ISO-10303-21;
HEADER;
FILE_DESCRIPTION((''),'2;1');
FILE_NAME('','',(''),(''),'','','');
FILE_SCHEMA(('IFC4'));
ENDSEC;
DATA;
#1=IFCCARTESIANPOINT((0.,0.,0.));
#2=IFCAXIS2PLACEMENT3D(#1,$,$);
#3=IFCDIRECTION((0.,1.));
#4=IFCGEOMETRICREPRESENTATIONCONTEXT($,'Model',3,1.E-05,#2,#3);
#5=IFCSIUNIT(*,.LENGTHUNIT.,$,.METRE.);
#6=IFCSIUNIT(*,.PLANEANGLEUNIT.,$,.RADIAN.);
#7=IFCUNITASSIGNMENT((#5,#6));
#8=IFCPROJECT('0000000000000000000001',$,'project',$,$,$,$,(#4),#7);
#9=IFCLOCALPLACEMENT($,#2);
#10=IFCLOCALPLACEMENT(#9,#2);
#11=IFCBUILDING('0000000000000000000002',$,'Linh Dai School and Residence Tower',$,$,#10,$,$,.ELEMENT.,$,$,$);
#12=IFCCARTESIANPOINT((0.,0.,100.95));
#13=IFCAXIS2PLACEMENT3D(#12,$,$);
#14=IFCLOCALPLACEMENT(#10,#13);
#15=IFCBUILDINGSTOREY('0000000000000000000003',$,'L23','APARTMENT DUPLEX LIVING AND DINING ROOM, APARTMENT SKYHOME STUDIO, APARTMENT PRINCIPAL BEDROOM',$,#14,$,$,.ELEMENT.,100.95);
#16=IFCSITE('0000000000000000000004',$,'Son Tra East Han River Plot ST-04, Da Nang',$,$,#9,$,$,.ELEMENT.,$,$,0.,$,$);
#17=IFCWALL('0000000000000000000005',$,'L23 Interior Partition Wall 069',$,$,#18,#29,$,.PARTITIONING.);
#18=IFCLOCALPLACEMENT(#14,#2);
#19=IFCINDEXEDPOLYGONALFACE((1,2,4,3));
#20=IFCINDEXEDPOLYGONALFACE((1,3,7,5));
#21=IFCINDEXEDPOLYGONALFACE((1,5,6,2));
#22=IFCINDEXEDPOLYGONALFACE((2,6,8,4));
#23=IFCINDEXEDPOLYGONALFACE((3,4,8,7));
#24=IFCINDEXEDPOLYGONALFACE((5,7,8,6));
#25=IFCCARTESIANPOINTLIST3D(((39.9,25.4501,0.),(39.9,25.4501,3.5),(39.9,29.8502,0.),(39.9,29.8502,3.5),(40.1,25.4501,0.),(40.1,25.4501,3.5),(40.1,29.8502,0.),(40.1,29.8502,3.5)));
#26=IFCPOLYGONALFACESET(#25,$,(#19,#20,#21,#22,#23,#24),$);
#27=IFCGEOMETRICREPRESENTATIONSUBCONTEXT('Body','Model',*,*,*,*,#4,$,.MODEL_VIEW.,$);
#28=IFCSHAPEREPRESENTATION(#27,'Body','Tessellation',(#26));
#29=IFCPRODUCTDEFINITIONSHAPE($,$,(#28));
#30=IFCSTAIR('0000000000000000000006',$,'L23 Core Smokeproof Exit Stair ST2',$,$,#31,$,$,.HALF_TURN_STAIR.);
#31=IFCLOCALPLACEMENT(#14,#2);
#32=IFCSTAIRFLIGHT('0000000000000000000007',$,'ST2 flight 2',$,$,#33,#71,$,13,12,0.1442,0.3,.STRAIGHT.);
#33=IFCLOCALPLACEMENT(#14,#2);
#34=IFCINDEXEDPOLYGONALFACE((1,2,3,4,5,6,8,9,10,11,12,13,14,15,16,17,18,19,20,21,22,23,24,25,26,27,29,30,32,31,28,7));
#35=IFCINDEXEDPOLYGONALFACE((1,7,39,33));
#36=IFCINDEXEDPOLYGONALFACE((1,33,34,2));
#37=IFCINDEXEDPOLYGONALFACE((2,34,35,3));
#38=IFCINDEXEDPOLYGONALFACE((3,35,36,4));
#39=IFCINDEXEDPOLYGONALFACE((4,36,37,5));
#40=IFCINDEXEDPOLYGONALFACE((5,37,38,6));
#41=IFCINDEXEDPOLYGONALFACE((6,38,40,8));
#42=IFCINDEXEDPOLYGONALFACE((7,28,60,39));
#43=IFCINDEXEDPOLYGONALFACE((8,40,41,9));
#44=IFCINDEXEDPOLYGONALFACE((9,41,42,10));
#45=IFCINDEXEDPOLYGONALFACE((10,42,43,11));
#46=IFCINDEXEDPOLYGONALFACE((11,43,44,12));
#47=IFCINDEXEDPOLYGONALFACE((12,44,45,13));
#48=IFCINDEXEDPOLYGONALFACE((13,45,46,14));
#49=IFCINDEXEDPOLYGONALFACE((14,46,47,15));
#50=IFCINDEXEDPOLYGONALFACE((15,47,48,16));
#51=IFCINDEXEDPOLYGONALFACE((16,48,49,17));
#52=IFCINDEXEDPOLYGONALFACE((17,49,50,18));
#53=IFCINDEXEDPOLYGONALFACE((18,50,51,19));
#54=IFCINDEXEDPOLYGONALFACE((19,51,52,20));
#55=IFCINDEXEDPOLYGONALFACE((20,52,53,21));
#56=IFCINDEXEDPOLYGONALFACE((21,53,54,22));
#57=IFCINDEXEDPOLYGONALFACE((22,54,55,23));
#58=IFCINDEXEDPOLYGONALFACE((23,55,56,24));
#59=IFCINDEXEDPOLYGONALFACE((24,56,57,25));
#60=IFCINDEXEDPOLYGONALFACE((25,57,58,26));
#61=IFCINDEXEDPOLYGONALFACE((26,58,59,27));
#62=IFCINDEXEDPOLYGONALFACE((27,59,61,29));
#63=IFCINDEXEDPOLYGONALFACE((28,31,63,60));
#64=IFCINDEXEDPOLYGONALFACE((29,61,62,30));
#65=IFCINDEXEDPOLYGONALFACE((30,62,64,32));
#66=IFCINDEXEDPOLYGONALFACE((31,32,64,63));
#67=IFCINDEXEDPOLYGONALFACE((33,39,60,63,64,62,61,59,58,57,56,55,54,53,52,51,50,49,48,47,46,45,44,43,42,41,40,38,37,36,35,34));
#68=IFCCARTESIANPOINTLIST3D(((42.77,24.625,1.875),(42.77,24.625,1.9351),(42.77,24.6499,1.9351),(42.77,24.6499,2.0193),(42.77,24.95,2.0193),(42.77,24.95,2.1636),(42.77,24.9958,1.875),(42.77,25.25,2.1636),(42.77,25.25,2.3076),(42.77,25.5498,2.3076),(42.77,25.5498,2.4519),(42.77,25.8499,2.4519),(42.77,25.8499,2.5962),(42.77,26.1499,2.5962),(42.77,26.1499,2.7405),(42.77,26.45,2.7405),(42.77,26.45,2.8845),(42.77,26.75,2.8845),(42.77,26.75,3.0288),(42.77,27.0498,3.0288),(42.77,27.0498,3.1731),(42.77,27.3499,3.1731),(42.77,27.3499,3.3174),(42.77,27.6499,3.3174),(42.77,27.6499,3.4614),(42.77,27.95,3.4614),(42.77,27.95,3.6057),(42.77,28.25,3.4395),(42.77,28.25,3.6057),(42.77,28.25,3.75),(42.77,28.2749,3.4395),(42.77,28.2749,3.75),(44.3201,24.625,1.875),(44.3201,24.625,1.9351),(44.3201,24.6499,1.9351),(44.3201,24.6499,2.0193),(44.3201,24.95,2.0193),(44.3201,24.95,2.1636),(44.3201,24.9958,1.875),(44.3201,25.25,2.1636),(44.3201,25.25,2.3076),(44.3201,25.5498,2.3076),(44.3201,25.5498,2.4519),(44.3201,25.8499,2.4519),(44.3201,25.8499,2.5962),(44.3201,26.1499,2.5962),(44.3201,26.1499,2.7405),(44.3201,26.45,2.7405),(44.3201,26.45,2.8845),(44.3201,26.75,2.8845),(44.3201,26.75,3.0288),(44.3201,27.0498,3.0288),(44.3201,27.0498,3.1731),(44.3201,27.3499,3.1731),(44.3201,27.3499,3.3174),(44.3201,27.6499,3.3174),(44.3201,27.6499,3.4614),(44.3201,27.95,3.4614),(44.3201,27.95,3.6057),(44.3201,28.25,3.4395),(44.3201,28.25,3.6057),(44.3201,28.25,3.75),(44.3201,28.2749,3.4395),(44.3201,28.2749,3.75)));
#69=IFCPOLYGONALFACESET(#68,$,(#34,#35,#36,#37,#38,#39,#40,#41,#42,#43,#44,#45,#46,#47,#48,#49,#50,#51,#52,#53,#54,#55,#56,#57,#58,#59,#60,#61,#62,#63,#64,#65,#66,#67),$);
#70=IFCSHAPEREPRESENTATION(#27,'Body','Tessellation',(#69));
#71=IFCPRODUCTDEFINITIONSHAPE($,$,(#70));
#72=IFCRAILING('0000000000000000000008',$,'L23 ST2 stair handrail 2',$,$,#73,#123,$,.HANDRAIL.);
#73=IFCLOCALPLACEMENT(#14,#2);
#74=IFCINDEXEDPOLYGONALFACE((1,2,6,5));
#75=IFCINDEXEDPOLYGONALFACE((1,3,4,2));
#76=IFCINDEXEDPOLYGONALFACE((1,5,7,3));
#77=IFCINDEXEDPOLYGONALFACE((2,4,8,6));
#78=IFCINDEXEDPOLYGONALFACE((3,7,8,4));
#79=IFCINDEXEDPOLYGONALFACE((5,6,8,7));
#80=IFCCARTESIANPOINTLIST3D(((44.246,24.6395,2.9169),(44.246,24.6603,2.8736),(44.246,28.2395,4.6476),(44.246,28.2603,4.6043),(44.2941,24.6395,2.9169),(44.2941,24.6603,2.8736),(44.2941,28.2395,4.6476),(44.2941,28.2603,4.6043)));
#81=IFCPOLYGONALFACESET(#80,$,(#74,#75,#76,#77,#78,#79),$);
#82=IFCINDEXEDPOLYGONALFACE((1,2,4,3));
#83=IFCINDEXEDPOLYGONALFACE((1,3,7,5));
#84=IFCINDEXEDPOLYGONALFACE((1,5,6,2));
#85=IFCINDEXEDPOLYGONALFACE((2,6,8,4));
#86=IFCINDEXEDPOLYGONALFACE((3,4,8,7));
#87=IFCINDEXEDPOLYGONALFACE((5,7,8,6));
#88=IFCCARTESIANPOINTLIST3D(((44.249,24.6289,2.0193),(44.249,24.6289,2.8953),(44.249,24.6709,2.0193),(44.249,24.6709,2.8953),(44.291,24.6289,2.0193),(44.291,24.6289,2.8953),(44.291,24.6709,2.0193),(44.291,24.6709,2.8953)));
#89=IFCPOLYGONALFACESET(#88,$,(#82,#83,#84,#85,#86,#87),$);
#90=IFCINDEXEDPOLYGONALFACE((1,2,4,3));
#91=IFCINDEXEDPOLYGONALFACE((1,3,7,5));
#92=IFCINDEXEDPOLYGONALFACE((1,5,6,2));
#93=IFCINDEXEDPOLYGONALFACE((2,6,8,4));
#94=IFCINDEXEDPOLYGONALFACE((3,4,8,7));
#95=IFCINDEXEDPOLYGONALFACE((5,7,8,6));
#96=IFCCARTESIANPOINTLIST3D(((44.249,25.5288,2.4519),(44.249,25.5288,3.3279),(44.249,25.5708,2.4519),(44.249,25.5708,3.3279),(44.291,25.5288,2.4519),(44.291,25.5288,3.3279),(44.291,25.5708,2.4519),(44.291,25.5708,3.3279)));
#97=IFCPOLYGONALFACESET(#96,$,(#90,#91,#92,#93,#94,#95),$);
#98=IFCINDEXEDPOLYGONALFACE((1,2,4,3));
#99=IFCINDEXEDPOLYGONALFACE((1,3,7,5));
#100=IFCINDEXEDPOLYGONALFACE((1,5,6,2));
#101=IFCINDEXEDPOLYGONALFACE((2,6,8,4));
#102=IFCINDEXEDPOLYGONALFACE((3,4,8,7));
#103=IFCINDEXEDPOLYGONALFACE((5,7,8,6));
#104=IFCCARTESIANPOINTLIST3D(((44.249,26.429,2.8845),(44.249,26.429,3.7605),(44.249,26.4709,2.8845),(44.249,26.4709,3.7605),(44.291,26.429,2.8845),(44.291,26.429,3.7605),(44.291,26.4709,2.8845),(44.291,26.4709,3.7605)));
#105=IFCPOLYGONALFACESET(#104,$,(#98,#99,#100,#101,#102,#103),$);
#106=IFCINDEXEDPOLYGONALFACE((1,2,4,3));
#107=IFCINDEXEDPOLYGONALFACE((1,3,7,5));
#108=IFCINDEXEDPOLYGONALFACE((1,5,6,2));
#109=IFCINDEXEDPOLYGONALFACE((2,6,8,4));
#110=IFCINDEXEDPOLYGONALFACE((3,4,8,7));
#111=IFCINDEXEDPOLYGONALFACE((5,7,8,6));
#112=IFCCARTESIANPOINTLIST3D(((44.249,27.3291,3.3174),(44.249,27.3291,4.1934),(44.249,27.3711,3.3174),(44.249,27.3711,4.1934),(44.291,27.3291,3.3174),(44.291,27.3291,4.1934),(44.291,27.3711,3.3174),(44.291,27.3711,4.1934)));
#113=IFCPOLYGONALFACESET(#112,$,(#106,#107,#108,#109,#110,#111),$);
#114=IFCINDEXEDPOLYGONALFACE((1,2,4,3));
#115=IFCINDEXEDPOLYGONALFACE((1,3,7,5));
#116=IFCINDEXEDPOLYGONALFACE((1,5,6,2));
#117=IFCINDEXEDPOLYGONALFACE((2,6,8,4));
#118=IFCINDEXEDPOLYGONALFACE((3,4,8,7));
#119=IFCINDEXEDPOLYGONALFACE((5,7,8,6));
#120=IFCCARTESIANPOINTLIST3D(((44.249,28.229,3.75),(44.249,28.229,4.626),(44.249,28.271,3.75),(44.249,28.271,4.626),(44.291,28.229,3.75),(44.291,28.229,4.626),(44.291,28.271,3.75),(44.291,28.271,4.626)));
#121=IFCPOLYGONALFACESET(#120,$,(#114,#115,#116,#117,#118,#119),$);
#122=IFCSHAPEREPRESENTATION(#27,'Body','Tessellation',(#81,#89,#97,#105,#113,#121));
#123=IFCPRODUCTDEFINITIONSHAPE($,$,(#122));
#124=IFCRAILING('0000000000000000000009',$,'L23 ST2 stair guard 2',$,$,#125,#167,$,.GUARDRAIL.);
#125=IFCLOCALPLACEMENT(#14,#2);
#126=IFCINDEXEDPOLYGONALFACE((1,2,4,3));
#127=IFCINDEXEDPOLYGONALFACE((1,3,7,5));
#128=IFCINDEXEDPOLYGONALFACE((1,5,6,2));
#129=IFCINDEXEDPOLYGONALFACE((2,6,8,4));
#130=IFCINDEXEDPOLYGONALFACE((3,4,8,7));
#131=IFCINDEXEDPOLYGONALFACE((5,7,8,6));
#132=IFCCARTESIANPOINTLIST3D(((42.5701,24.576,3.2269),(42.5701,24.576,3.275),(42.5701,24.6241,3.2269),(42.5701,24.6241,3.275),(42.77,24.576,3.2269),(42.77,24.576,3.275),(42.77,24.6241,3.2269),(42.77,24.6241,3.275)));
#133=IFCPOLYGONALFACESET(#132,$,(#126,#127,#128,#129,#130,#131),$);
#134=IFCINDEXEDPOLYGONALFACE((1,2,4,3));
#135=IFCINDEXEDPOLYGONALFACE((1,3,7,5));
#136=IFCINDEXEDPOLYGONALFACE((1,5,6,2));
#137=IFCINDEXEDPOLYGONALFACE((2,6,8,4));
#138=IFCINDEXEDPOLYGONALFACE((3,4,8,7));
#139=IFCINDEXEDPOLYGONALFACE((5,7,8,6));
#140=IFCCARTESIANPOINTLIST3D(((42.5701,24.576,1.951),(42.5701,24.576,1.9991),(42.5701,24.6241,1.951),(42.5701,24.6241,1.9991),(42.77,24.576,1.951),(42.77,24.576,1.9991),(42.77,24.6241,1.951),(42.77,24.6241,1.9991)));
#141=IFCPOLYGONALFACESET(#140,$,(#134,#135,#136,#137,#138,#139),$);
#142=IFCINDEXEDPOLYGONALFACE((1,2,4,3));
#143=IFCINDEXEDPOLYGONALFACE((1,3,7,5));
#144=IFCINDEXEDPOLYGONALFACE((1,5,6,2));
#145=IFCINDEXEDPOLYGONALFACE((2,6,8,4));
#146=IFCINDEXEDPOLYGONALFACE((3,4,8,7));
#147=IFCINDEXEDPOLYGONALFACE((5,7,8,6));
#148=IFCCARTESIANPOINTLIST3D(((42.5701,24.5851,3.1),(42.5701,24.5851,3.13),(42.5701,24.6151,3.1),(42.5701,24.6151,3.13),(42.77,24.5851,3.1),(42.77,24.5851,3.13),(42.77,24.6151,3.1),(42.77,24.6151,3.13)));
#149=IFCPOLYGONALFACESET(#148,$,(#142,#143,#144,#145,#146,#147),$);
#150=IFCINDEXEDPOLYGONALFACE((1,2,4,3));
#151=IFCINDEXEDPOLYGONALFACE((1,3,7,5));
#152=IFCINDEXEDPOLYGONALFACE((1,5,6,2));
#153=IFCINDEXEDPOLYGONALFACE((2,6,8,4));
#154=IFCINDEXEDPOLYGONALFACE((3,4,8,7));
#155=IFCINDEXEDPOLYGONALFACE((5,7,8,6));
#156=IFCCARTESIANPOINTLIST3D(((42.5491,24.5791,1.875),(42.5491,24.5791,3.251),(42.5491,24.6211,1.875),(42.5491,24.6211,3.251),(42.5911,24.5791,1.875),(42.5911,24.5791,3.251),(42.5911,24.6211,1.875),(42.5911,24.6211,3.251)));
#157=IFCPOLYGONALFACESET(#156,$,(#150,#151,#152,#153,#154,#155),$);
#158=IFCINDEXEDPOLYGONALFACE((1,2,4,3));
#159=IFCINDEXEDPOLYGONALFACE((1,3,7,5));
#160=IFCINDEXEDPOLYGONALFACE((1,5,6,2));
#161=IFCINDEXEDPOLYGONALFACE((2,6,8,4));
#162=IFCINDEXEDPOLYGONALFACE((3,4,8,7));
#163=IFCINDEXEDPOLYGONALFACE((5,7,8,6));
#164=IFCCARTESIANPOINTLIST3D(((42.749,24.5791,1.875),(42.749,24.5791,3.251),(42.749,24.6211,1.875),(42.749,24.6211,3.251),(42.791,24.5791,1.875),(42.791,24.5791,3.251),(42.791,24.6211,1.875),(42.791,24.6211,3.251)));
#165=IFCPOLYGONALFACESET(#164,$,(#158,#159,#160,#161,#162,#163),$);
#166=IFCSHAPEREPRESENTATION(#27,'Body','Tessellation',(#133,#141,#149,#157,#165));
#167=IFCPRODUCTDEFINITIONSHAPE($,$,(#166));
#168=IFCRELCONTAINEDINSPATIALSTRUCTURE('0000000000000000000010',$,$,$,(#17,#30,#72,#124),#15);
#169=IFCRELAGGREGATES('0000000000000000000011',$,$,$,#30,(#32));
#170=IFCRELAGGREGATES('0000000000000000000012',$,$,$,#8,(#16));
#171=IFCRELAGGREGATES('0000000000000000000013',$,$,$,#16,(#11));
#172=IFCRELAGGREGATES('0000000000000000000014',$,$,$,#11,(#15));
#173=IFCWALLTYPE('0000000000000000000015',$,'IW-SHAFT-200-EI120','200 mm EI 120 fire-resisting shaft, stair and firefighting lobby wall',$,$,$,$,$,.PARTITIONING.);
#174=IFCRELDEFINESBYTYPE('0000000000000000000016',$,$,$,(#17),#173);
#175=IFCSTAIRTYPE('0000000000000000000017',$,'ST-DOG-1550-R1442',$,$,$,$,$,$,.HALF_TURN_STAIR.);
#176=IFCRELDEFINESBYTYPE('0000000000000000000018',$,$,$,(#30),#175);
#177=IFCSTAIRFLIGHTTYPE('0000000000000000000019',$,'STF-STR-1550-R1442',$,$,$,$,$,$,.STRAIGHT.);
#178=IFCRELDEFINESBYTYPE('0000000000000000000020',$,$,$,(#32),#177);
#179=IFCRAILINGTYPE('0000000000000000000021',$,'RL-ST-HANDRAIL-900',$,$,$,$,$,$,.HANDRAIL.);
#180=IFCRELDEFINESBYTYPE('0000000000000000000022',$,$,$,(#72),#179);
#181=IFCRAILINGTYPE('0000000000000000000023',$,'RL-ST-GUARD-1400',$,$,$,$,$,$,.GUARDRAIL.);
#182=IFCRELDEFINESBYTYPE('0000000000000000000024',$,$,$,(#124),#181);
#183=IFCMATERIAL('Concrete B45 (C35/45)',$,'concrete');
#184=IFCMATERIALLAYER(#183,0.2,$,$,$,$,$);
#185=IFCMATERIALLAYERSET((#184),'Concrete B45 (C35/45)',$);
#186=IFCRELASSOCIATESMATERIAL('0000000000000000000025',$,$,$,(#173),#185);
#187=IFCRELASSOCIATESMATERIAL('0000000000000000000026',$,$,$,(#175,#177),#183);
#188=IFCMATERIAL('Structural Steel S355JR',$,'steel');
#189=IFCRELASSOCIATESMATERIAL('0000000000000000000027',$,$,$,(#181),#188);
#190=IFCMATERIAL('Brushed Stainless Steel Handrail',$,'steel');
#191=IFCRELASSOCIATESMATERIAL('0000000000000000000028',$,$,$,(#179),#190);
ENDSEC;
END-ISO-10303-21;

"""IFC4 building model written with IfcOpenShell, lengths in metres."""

from ifc_helpers import new_model, si_unit, direction, frame, frame_2d, origin, origin_2d, place, context, subcontext, project, spatial, polyline, rectangle, outline, extrude, source, transform, mapped, material, layer, layer_set, type_object, element, aggregate, save


model = new_model("IFC4")

# Units and contexts
model_context = context("Model", 3, precision=1e-05, world=origin(), true_north=direction((0.0, 1.0)))
body_context = subcontext(model_context, "Body", "Model", "MODEL_VIEW")
ifc_project = project(units=[si_unit("LENGTHUNIT", "METRE"), si_unit("PLANEANGLEUNIT", "RADIAN")], contexts=[model_context])

# Site, building, storey
site_placement = place(None, origin())
site = spatial("IfcSite", under=ifc_project, at=site_placement, Name="Son Tra East Han River Plot ST-04, Da Nang", CompositionType="ELEMENT", RefElevation=0.0)
building_placement = place(site_placement, origin())
building = spatial("IfcBuilding", under=site, at=building_placement, Name="Linh Dai School and Residence Tower", CompositionType="ELEMENT")
storey_placement = place(building_placement, frame((0.0, 0.0, 100.95)))
storey = spatial("IfcBuildingStorey", under=building, at=storey_placement, Name="L23", Description="APARTMENT DUPLEX LIVING AND DINING ROOM, APARTMENT SKYHOME STUDIO, APARTMENT PRINCIPAL BEDROOM", CompositionType="ELEMENT", Elevation=100.95)

# Shared definitions
ifc_material_1 = material(Name="Structural Steel S355JR", Category="steel")

# Wall
ifc_material_2 = material(Name="Concrete B45 (C35/45)", Category="concrete")
ifc_layer_1 = layer(ifc_material_2, 0.2)
ifc_layer_set_1 = layer_set([ifc_layer_1], Name="Concrete B45 (C35/45)")
wall_type_1 = type_object("IfcWallType", Name="IW-SHAFT-200-EI120", Description="200 mm EI 120 fire-resisting shaft, stair and firefighting lobby wall", PredefinedType="PARTITIONING", material=ifc_layer_set_1)
wall_1_placement = place(storey_placement, frame((40.0, 25.45, 0.0), z_axis=(0.0, 0.0, 1.0), x_axis=(0.0, 1.0, 0.0)))
element("IfcWall", 1, at=wall_1_placement, inside=storey, type_object=wall_type_1, Name="L23 Interior Partition Wall 069", PredefinedType="PARTITIONING", context=body_context, shape_type="SweptSolid", body=[
    extrude(rectangle(XDim=4.4001, YDim=0.2, at=frame_2d((2.2002, 0.0))), origin(), (0.0, 0.0, 1.0), 3.5),
])

# Stair, stair flight
stair_type = type_object("IfcStairType", Name="ST-DOG-1550-R1442", PredefinedType="HALF_TURN_STAIR", material=ifc_material_2)
stair_placement = place(storey_placement, origin())
stair = element("IfcStair", 2, at=stair_placement, inside=storey, type_object=stair_type, Name="L23 Core Smokeproof Exit Stair ST2", PredefinedType="HALF_TURN_STAIR")
stair_flight_type = type_object("IfcStairFlightType", Name="STF-STR-1550-R1442", PredefinedType="STRAIGHT", material=ifc_material_2)
shared_shape_1 = source(origin(), body_context, "Body", "SweptSolid", [
    extrude(outline(polyline([(-0.0249, 0.0), (-0.0249, 0.0601), (0.0, 0.0601), (0.0, 0.1443), (0.3, 0.1443), (0.3, 0.2886), (0.6001, 0.2886), (0.6001, 0.4326), (0.8999, 0.4326), (0.8999, 0.5769), (1.2, 0.5769), (1.2, 0.7212), (1.5, 0.7212), (1.5, 0.8655), (1.8, 0.8655), (1.8, 1.0095), (2.1001, 1.0095), (2.1001, 1.1538), (2.3999, 1.1538), (2.3999, 1.2981), (2.7, 1.2981), (2.7, 1.4424), (3.0, 1.4424), (3.0, 1.5864), (3.3, 1.5864), (3.3, 1.7307), (3.6001, 1.7307), (3.6001, 1.875), (3.625, 1.875), (3.625, 1.5645), (3.6001, 1.5645), (0.3459, 0.0), (-0.0249, 0.0)])), frame((0.0, 0.7749, 0.0), z_axis=(0.0, -1.0, 0.0), x_axis=(1.0, 0.0, 0.0)), (0.0, 0.0, 1.0), 1.55),
])
stair_flight_placement = place(storey_placement, frame((43.5449, 24.6499, 1.875), z_axis=(0.0, 0.0, 1.0), x_axis=(0.0, 1.0, 0.0)))
stair_flight = element("IfcStairFlight", 3, at=stair_flight_placement, type_object=stair_flight_type, Name="ST2 flight 2", NumberOfRisers=13, NumberOfTreads=12, PredefinedType="STRAIGHT", RiserHeight=0.1442, TreadLength=0.3, context=body_context, shape_type="MappedRepresentation", body=[
    mapped(shared_shape_1, transform((0.0, 0.0, 0.0), x_axis=(1.0, 0.0, 0.0), y_axis=(0.0, 1.0, 0.0), z_axis=(0.0, 0.0, 1.0), scale=1.0)),
])
aggregate(stair, [stair_flight])

# Railings
railing_type_1 = type_object("IfcRailingType", Name="RL-ST-GUARD-1400", PredefinedType="GUARDRAIL", material=ifc_material_1)
ifc_material_3 = material(Name="Brushed Stainless Steel Handrail", Category="steel")
railing_type_2 = type_object("IfcRailingType", Name="RL-ST-HANDRAIL-900", PredefinedType="HANDRAIL", material=ifc_material_3)
shared_shape_2 = source(origin(), body_context, "Body", "SweptSolid", [
    extrude(rectangle(XDim=0.0481, YDim=0.0481, at=origin_2d()), frame((0.0, 0.0, 0.876), z_axis=(0.0, 0.901263, 0.433273), x_axis=(-1.0, 0.0, 0.0)), (0.0, 0.0, 1.0), 3.9944),
    extrude(rectangle(XDim=0.042, YDim=0.042, at=origin_2d()), origin(), (0.0, 0.0, 1.0), 0.876),
    extrude(rectangle(XDim=0.042, YDim=0.042, at=origin_2d()), frame((0.0, 0.8999, 0.4326)), (0.0, 0.0, 1.0), 0.876),
    extrude(rectangle(XDim=0.042, YDim=0.042, at=origin_2d()), frame((0.0, 1.8, 0.8652)), (0.0, 0.0, 1.0), 0.876),
    extrude(rectangle(XDim=0.042, YDim=0.042, at=origin_2d()), frame((0.0, 2.7002, 1.2981)), (0.0, 0.0, 1.0), 0.876),
    extrude(rectangle(XDim=0.042, YDim=0.042, at=origin_2d()), frame((0.0, 3.6001, 1.7307)), (0.0, 0.0, 1.0), 0.876),
])
railing_1_placement = place(storey_placement, frame((44.27, 24.6499, 2.0193)))
element("IfcRailing", 4, at=railing_1_placement, inside=storey, type_object=railing_type_2, Name="L23 ST2 stair handrail 2", PredefinedType="HANDRAIL", context=body_context, shape_type="MappedRepresentation", body=[
    mapped(shared_shape_2, transform((0.0, 0.0, 0.0), x_axis=(1.0, 0.0, 0.0), y_axis=(0.0, 1.0, 0.0), z_axis=(0.0, 0.0, 1.0), scale=1.0)),
])
shared_shape_3 = source(origin(), body_context, "Body", "SweptSolid", [
    extrude(rectangle(XDim=0.0481, YDim=0.0481, at=origin_2d()), frame((0.0, 0.0, 1.376), z_axis=(1.0, 0.0, 0.0), x_axis=(0.0, 1.0, 0.0)), (0.0, 0.0, 1.0), 0.2),
    extrude(rectangle(XDim=0.0481, YDim=0.0481, at=origin_2d()), frame((0.0, 0.0, 0.1001), z_axis=(1.0, 0.0, 0.0), x_axis=(0.0, 1.0, 0.0)), (0.0, 0.0, 1.0), 0.2),
    extrude(rectangle(XDim=0.03, YDim=0.03, at=origin_2d()), frame((0.0, 0.0, 1.24), z_axis=(1.0, 0.0, 0.0), x_axis=(0.0, 1.0, 0.0)), (0.0, 0.0, 1.0), 0.2),
    extrude(rectangle(XDim=0.042, YDim=0.042, at=origin_2d()), origin(), (0.0, 0.0, 1.0), 1.376),
    extrude(rectangle(XDim=0.042, YDim=0.042, at=origin_2d()), frame((0.2, 0.0, 0.0)), (0.0, 0.0, 1.0), 1.376),
])
railing_2_placement = place(storey_placement, frame((42.5701, 24.6001, 1.875)))
element("IfcRailing", 5, at=railing_2_placement, inside=storey, type_object=railing_type_1, Name="L23 ST2 stair guard 2", PredefinedType="GUARDRAIL", context=body_context, shape_type="MappedRepresentation", body=[
    mapped(shared_shape_3, transform((0.0, 0.0, 0.0), x_axis=(1.0, 0.0, 0.0), y_axis=(0.0, 1.0, 0.0), z_axis=(0.0, 0.0, 1.0), scale=1.0)),
])

save(model, "model.ifc")
